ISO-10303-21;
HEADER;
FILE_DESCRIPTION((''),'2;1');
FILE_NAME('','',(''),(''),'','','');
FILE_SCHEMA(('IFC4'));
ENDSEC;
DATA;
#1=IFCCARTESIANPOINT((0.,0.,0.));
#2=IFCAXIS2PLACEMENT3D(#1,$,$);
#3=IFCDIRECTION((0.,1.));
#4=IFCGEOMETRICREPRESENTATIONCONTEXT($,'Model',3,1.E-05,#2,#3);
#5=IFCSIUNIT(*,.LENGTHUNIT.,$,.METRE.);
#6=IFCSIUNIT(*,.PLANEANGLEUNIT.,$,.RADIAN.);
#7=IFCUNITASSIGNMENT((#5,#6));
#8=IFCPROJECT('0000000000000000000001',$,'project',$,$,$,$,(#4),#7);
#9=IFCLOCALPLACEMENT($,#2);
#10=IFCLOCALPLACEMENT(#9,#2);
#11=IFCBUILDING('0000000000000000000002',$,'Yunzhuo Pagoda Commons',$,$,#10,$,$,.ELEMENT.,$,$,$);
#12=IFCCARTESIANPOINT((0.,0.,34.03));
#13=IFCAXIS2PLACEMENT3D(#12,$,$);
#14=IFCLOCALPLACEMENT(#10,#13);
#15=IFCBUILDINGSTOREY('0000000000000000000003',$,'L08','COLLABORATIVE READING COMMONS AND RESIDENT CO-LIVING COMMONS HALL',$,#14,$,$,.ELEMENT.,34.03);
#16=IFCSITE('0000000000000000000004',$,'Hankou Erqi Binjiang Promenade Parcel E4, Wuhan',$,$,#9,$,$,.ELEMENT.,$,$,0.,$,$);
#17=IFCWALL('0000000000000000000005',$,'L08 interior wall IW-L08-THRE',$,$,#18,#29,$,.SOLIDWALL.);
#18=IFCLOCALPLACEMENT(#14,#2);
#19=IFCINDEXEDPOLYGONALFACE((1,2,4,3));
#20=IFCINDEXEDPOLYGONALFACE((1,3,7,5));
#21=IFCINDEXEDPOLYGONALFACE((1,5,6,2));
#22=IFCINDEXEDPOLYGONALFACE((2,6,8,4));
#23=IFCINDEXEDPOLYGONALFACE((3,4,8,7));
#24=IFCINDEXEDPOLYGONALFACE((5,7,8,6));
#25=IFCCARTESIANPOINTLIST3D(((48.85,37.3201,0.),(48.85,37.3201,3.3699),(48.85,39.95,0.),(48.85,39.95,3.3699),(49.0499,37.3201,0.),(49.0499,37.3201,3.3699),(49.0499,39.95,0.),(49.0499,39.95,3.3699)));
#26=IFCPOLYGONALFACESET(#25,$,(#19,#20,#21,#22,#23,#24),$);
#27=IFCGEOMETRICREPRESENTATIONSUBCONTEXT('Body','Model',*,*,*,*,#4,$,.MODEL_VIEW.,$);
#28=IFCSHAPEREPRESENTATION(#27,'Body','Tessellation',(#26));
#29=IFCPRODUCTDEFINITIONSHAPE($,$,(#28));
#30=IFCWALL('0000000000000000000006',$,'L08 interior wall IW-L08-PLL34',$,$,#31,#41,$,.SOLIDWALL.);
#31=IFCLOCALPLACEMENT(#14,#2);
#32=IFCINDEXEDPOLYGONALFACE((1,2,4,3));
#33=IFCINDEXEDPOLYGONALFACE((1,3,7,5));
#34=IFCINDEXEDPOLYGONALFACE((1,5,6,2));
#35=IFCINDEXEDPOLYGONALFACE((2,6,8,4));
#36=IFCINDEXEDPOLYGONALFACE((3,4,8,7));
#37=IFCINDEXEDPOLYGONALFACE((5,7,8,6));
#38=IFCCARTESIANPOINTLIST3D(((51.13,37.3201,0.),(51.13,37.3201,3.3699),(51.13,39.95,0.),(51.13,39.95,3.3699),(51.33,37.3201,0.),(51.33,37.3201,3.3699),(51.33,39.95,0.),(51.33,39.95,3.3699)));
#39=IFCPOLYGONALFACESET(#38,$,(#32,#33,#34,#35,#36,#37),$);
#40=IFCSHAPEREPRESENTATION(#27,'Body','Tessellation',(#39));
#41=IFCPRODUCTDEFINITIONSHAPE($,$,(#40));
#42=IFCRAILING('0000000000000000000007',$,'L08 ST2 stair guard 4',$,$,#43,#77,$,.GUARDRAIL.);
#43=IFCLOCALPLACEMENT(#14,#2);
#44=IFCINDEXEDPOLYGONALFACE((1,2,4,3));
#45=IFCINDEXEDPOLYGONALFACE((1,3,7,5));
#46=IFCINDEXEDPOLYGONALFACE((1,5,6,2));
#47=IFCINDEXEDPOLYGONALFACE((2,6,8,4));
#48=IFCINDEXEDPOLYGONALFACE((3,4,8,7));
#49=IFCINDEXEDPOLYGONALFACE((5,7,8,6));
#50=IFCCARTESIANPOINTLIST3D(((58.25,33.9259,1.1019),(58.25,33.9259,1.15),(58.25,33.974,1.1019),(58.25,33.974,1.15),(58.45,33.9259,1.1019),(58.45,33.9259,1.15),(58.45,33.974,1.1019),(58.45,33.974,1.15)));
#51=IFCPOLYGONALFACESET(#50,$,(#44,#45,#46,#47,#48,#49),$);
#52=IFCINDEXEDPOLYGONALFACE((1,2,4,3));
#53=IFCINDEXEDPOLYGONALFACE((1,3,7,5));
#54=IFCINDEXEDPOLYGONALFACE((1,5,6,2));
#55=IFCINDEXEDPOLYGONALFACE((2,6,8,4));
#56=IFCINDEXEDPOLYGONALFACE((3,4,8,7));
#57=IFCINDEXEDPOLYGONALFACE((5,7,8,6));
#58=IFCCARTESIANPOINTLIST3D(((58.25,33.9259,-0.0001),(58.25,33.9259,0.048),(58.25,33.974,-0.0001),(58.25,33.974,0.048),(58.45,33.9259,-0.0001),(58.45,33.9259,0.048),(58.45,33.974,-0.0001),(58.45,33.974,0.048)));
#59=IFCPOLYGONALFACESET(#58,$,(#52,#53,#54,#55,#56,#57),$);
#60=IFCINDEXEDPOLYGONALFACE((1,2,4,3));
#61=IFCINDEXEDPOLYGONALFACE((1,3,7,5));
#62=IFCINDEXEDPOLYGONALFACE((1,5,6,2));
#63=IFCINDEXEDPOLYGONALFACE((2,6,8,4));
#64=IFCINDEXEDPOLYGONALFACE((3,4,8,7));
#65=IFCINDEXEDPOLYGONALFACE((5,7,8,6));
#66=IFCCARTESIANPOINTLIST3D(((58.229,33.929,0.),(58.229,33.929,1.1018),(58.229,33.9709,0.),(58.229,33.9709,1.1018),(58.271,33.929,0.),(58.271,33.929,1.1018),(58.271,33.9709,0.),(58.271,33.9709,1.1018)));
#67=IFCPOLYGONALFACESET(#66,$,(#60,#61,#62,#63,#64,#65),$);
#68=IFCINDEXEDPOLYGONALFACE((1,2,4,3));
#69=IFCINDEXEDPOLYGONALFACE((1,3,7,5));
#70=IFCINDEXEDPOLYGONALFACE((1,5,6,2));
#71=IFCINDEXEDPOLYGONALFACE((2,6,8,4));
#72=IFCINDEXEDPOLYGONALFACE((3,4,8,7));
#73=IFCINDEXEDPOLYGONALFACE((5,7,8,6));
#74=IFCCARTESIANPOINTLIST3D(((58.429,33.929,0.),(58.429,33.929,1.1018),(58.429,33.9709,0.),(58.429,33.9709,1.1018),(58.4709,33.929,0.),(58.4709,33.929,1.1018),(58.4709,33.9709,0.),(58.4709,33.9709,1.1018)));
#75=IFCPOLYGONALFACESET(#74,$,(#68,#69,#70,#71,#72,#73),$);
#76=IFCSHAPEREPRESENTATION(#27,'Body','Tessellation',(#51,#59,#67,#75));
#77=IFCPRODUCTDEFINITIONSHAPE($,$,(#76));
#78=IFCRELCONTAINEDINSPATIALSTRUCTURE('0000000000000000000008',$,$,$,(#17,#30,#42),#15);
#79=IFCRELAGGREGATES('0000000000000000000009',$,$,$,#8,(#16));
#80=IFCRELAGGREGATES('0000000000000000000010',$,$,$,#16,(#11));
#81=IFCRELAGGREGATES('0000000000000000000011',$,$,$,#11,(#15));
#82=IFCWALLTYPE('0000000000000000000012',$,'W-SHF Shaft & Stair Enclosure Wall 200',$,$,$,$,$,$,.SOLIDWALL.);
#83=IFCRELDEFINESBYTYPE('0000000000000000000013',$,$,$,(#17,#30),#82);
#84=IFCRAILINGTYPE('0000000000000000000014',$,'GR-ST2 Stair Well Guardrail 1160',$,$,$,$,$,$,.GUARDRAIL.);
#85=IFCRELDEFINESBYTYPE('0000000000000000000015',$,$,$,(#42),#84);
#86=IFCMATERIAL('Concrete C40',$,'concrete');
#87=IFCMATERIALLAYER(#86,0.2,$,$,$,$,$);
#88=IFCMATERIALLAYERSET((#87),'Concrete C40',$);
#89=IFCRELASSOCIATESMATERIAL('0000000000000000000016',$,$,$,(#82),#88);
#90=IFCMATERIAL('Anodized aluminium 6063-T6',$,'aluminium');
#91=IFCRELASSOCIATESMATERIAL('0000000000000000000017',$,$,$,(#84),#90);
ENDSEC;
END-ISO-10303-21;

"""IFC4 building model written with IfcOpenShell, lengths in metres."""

from ifc_helpers import new_model, si_unit, direction, frame, frame_2d, origin, origin_2d, place, context, subcontext, project, spatial, rectangle, extrude, material, layer, layer_set, type_object, element, save


model = new_model("IFC4")

# Units and contexts
model_context = context("Model", 3, precision=1e-05, world=origin(), true_north=direction((0.0, 1.0)))
body_context = subcontext(model_context, "Body", "Model", "MODEL_VIEW")
ifc_project = project(units=[si_unit("LENGTHUNIT", "METRE"), si_unit("PLANEANGLEUNIT", "RADIAN")], contexts=[model_context])

# Site, building, storey
site_placement = place(None, origin())
site = spatial("IfcSite", under=ifc_project, at=site_placement, Name="Hankou Erqi Binjiang Promenade Parcel E4, Wuhan", CompositionType="ELEMENT", RefElevation=0.0)
building_placement = place(site_placement, origin())
building = spatial("IfcBuilding", under=site, at=building_placement, Name="Yunzhuo Pagoda Commons", CompositionType="ELEMENT")
storey_placement = place(building_placement, frame((0.0, 0.0, 34.03)))
storey = spatial("IfcBuildingStorey", under=building, at=storey_placement, Name="L08", Description="COLLABORATIVE READING COMMONS AND RESIDENT CO-LIVING COMMONS HALL", CompositionType="ELEMENT", Elevation=34.03)

# Shared definitions
ifc_material_1 = material(Name="Concrete C40", Category="concrete")
ifc_layer_1 = layer(ifc_material_1, 0.2)
ifc_layer_set_1 = layer_set([ifc_layer_1], Name="Concrete C40")
wall_type_1 = type_object("IfcWallType", Name="W-SHF Shaft & Stair Enclosure Wall 200", PredefinedType="SOLIDWALL", material=ifc_layer_set_1)

# Walls
for number, where, z_axis, x_axis, name in (
    (1, (48.95, 37.3201, 0.0), (0.0, 0.0, 1.0), (0.0, 1.0, 0.0), "L08 interior wall IW-L08-THRE"),
    (2, (51.23, 37.3201, 0.0), (0.0, 0.0, 1.0), (0.0, 1.0, 0.0), "L08 interior wall IW-L08-PLL34"),
):
    element("IfcWall", number, at=place(storey_placement, frame(where, z_axis=z_axis, x_axis=x_axis)), inside=storey, type_object=wall_type_1, Name=name, PredefinedType="SOLIDWALL", context=body_context, shape_type="SweptSolid", body=[
        extrude(rectangle(XDim=2.6299, YDim=0.2, at=frame_2d((1.3149, 0.0))), origin(), (0.0, 0.0, 1.0), 3.3699),
    ])

# Railing
ifc_material_2 = material(Name="Anodized aluminium 6063-T6", Category="aluminium")
railing_type = type_object("IfcRailingType", Name="GR-ST2 Stair Well Guardrail 1160", PredefinedType="GUARDRAIL", material=ifc_material_2)
railing_placement = place(storey_placement, frame((58.25, 33.95, 0.0)))
element("IfcRailing", 3, at=railing_placement, inside=storey, type_object=railing_type, Name="L08 ST2 stair guard 4", PredefinedType="GUARDRAIL", context=body_context, shape_type="SweptSolid", body=[
    extrude(rectangle(XDim=0.0481, YDim=0.0481, at=origin_2d()), frame((0.0, 0.0, 1.126), z_axis=(1.0, 0.0, 0.0), x_axis=(0.0, 1.0, 0.0)), (0.0, 0.0, 1.0), 0.2),
    extrude(rectangle(XDim=0.0481, YDim=0.0481, at=origin_2d()), frame((0.0, 0.0, 0.0239), z_axis=(1.0, 0.0, 0.0), x_axis=(0.0, 1.0, 0.0)), (0.0, 0.0, 1.0), 0.2),
    extrude(rectangle(XDim=0.042, YDim=0.042, at=origin_2d()), origin(), (0.0, 0.0, 1.0), 1.1018),
    extrude(rectangle(XDim=0.042, YDim=0.042, at=origin_2d()), frame((0.2, 0.0, 0.0)), (0.0, 0.0, 1.0), 1.1018),
])

save(model, "model.ifc")
